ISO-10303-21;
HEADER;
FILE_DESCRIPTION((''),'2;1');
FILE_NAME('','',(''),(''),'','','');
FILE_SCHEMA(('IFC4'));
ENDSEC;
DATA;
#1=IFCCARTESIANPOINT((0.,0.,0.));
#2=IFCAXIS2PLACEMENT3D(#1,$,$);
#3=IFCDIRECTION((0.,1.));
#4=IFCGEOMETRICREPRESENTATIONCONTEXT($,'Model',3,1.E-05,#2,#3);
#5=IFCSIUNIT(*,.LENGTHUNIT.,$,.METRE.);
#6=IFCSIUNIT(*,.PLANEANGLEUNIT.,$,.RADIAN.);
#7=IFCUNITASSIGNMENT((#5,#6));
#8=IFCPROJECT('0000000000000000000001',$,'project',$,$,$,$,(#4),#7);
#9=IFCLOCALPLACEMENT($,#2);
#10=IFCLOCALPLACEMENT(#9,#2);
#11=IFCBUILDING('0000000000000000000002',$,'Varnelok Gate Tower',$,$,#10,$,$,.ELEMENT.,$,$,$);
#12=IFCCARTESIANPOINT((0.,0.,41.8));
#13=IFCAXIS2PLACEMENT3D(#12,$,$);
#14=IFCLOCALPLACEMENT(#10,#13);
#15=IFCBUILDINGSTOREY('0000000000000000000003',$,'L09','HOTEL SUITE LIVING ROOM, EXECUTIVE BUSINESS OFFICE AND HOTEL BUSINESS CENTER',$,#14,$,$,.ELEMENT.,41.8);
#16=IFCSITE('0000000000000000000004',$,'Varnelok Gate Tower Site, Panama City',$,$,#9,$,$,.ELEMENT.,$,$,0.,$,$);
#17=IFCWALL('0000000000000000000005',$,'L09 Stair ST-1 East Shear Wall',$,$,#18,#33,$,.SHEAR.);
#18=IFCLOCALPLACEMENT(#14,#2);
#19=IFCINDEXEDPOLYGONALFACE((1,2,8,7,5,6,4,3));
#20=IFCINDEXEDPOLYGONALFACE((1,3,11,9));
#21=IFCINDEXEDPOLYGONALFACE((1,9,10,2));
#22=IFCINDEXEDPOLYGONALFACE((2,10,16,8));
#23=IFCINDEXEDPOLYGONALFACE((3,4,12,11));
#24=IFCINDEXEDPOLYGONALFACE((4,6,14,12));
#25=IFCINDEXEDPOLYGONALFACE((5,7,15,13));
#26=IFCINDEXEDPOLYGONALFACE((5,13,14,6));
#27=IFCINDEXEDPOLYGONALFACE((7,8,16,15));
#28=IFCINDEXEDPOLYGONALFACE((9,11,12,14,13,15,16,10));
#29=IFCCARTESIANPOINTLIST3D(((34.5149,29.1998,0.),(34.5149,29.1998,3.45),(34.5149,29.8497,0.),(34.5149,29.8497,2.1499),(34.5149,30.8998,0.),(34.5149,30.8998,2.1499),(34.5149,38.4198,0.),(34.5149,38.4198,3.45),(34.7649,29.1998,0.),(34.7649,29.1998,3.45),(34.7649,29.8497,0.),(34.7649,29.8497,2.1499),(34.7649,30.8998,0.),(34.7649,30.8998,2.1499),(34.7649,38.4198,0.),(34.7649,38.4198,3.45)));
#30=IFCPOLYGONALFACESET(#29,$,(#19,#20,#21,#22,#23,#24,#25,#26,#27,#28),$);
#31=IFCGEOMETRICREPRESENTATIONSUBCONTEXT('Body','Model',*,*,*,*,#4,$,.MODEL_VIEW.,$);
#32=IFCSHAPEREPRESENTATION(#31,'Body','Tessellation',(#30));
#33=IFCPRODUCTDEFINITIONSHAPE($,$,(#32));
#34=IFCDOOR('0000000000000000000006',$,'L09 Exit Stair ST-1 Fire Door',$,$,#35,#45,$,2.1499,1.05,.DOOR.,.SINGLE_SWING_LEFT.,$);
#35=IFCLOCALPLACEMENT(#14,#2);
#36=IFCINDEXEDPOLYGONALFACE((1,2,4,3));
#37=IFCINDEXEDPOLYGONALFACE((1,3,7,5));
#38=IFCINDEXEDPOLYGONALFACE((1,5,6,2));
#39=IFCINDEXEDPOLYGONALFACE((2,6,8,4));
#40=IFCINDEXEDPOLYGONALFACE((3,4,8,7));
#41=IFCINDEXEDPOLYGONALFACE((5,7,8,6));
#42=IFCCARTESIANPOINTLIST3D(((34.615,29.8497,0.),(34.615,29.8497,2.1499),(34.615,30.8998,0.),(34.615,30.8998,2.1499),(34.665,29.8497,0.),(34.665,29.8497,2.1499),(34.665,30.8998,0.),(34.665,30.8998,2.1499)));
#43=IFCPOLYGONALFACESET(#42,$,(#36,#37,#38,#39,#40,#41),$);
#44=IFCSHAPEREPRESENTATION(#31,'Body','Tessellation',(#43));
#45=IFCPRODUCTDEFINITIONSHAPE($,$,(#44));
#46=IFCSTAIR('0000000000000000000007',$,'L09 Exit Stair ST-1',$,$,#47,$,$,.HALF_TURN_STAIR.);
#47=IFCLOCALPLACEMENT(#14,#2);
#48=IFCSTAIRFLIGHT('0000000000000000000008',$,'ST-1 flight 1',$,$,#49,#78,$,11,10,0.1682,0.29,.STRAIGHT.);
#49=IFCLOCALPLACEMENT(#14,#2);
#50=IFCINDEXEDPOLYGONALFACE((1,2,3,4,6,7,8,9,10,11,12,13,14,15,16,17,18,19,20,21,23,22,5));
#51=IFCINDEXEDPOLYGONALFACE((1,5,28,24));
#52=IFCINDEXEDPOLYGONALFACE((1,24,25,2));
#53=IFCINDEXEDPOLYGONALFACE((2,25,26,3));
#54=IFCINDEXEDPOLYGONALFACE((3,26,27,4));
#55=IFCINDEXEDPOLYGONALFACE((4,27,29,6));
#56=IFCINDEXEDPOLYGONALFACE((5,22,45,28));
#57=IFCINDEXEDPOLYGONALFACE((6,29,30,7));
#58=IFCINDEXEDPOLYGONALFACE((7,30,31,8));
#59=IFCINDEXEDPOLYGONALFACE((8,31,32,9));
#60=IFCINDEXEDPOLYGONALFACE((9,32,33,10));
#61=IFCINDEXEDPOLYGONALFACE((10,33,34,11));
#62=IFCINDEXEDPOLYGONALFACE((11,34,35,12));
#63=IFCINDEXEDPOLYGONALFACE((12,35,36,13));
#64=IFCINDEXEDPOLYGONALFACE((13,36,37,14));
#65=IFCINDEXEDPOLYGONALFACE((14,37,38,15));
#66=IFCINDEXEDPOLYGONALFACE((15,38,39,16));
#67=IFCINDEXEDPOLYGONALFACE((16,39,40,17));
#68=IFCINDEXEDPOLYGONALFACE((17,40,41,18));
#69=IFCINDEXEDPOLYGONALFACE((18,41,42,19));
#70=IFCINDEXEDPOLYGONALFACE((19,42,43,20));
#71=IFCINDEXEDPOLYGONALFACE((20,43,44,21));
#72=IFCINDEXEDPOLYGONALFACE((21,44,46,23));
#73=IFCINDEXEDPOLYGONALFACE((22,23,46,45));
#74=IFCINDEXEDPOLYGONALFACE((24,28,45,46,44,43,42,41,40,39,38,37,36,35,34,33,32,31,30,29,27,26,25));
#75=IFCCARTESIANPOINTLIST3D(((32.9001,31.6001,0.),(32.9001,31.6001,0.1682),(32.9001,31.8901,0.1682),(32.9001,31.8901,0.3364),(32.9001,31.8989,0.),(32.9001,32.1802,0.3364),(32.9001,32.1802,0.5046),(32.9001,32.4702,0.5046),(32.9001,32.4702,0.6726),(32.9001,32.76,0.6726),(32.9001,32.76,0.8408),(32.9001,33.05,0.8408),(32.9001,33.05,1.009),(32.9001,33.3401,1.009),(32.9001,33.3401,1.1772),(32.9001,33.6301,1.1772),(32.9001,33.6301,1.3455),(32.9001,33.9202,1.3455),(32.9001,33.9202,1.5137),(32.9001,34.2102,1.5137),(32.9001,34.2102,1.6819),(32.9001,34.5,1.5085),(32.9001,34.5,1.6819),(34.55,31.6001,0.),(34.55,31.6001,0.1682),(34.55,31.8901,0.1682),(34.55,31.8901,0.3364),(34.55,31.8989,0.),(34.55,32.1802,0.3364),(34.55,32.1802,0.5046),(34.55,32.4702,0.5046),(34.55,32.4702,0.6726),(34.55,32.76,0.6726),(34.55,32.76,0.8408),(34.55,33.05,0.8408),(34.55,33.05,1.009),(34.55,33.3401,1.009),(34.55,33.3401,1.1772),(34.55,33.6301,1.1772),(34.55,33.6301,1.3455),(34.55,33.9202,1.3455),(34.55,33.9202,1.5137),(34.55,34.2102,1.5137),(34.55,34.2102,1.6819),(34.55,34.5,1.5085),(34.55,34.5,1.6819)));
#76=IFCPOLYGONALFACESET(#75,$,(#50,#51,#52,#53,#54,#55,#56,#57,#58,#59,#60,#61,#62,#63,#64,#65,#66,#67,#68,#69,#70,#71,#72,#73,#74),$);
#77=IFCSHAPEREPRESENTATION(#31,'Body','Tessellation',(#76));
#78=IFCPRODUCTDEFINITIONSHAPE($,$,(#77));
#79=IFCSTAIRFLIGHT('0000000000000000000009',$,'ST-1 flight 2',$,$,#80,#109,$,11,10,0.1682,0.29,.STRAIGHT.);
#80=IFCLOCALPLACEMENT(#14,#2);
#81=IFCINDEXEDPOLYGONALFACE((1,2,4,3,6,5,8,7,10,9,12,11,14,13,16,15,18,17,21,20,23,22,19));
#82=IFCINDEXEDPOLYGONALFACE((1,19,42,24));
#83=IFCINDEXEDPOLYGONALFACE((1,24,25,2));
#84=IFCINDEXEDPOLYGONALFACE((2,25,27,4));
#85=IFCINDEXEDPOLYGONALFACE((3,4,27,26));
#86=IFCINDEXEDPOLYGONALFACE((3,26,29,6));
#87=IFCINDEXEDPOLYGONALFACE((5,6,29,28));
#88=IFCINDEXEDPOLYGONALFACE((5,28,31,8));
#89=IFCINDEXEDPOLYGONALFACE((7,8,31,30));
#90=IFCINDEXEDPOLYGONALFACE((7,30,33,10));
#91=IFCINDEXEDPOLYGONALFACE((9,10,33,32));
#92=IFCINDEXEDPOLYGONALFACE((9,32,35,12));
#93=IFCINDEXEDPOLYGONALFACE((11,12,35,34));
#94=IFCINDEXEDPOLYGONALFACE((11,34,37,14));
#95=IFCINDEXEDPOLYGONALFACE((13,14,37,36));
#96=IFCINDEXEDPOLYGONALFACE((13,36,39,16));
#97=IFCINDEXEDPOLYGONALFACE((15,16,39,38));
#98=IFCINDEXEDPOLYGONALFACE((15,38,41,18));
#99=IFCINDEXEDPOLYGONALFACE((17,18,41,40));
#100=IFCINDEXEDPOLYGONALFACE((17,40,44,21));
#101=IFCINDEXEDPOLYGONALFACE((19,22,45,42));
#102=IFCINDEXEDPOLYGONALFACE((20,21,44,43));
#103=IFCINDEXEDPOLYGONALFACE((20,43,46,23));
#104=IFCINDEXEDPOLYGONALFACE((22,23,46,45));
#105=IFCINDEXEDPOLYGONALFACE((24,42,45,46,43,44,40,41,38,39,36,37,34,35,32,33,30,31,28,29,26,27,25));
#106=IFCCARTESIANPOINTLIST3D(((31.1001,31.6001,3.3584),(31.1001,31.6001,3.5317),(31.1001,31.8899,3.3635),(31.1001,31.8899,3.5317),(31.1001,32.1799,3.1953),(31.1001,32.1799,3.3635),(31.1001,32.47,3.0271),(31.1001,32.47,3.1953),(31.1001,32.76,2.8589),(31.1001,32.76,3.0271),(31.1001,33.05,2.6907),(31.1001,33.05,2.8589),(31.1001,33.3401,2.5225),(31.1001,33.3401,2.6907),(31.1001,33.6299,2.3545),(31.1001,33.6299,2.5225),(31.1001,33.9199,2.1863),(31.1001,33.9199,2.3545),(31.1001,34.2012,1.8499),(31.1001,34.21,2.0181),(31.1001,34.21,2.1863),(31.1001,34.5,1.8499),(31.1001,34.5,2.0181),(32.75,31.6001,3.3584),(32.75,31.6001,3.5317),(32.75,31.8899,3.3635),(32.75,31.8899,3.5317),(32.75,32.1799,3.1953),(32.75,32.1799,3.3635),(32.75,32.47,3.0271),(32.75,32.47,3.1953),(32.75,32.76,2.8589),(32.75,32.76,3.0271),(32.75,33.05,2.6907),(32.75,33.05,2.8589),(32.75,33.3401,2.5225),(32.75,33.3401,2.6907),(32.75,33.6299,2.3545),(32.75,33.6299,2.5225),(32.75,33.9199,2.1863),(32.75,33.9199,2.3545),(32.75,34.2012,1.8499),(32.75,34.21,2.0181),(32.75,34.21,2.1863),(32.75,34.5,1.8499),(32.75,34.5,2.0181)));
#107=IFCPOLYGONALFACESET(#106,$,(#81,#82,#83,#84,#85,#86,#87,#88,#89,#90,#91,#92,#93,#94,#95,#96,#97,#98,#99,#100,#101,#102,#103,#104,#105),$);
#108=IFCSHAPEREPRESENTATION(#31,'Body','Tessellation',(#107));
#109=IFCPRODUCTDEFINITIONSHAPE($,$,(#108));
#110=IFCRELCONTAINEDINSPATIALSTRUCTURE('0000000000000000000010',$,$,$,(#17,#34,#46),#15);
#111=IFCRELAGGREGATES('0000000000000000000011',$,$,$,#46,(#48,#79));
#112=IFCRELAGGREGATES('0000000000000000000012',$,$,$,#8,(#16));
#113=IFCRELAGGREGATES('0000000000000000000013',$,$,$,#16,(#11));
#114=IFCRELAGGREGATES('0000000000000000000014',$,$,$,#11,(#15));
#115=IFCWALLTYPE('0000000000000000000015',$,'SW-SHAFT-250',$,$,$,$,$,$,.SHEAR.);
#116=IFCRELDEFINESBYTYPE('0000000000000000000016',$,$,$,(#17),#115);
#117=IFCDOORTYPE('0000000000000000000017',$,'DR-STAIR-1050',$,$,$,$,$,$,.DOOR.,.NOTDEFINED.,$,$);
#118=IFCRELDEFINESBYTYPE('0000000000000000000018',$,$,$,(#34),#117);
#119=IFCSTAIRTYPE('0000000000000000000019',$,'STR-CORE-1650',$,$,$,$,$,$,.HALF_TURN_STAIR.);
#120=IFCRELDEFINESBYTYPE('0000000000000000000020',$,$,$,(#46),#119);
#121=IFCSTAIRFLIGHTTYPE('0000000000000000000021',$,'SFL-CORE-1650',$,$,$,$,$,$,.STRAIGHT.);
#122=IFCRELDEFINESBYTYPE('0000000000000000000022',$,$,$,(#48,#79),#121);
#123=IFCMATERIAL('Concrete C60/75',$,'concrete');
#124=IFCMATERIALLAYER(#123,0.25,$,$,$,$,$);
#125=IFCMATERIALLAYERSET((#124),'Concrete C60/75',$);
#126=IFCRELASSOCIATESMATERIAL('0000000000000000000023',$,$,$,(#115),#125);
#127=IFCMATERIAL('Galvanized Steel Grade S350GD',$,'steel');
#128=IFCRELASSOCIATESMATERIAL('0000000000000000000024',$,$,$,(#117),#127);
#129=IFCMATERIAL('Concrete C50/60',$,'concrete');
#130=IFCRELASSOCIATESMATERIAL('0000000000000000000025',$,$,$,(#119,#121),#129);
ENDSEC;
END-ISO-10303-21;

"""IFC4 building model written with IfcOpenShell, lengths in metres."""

from ifc_helpers import new_model, si_unit, direction, frame, frame_2d, origin, place, context, subcontext, project, spatial, polyline, rectangle, outline, extrude, material, layer, layer_set, type_object, element, fill, aggregate, save


model = new_model("IFC4")

# Units and contexts
model_context = context("Model", 3, precision=1e-05, world=origin(), true_north=direction((0.0, 1.0)))
body_context = subcontext(model_context, "Body", "Model", "MODEL_VIEW")
ifc_project = project(units=[si_unit("LENGTHUNIT", "METRE"), si_unit("PLANEANGLEUNIT", "RADIAN")], contexts=[model_context])

# Site, building, storey
site_placement = place(None, origin())
site = spatial("IfcSite", under=ifc_project, at=site_placement, Name="Varnelok Gate Tower Site, Panama City", CompositionType="ELEMENT", RefElevation=0.0)
building_placement = place(site_placement, origin())
building = spatial("IfcBuilding", under=site, at=building_placement, Name="Varnelok Gate Tower", CompositionType="ELEMENT")
storey_placement = place(building_placement, frame((0.0, 0.0, 41.8)))
storey = spatial("IfcBuildingStorey", under=building, at=storey_placement, Name="L09", Description="HOTEL SUITE LIVING ROOM, EXECUTIVE BUSINESS OFFICE AND HOTEL BUSINESS CENTER", CompositionType="ELEMENT", Elevation=41.8)

# Shared definitions
ifc_material_1 = material(Name="Concrete C60/75", Category="concrete")

# Shared definitions
ifc_material_2 = material(Name="Galvanized Steel Grade S350GD", Category="steel")

# Wall, opening, door
ifc_layer_1 = layer(ifc_material_1, 0.25)
ifc_layer_set_1 = layer_set([ifc_layer_1], Name="Concrete C60/75")
wall_type_1 = type_object("IfcWallType", Name="SW-SHAFT-250", PredefinedType="SHEAR", material=ifc_layer_set_1)
wall_1_placement = place(storey_placement, frame((34.6399, 29.2, 0.0), z_axis=(0.0, 0.0, 1.0), x_axis=(0.0, 1.0, 0.0)))
wall_1 = element("IfcWall", 1, at=wall_1_placement, inside=storey, type_object=wall_type_1, Name="L09 Stair ST-1 East Shear Wall", PredefinedType="SHEAR", context=body_context, shape_type="SweptSolid", body=[
    extrude(rectangle(XDim=9.22, YDim=0.25, at=frame_2d((4.6099, 0.0))), origin(), (0.0, 0.0, 1.0), 3.45),
])
opening_1_placement = place(wall_1_placement, frame((0.6499, 0.0, 0.0)))
opening_1 = element("IfcOpeningElement", 2, at=opening_1_placement, cuts=wall_1, PredefinedType="OPENING", context=body_context, shape_type="SweptSolid", body=[
    extrude(rectangle(XDim=1.05, YDim=2.1499, at=frame_2d((0.5249, 1.075))), frame((0.0, 0.135, 0.0), z_axis=(0.0, -1.0, 0.0), x_axis=(1.0, 0.0, 0.0)), (0.0, 0.0, 1.0), 0.27),
])
door_type_1 = type_object("IfcDoorType", Name="DR-STAIR-1050", OperationType="NOTDEFINED", PredefinedType="DOOR", material=ifc_material_2)
door_1_placement = place(opening_1_placement, origin())
door_1 = element("IfcDoor", 3, at=door_1_placement, inside=storey, type_object=door_type_1, Name="L09 Exit Stair ST-1 Fire Door", OperationType="SINGLE_SWING_LEFT", OverallHeight=2.1499, OverallWidth=1.05, PredefinedType="DOOR", context=body_context, shape_type="SweptSolid", body=[
    extrude(rectangle(XDim=1.05, YDim=2.1499, at=frame_2d((0.5249, 1.075))), frame((0.0, 0.0249, 0.0), z_axis=(0.0, -1.0, 0.0), x_axis=(1.0, 0.0, 0.0)), (0.0, 0.0, 1.0), 0.05),
])
fill(opening_1, door_1)

# Stair, stair flights
ifc_material_3 = material(Name="Concrete C50/60", Category="concrete")
stair_type = type_object("IfcStairType", Name="STR-CORE-1650", PredefinedType="HALF_TURN_STAIR", material=ifc_material_3)
stair_placement = place(storey_placement, origin())
stair = element("IfcStair", 4, at=stair_placement, inside=storey, type_object=stair_type, Name="L09 Exit Stair ST-1", PredefinedType="HALF_TURN_STAIR")
stair_flight_type = type_object("IfcStairFlightType", Name="SFL-CORE-1650", PredefinedType="STRAIGHT", material=ifc_material_3)
stair_flight_1_placement = place(storey_placement, frame((33.7251, 31.6001, 0.0), z_axis=(0.0, 0.0, 1.0), x_axis=(0.0, 1.0, 0.0)))
stair_flight_1 = element("IfcStairFlight", 5, at=stair_flight_1_placement, type_object=stair_flight_type, Name="ST-1 flight 1", NumberOfRisers=11, NumberOfTreads=10, PredefinedType="STRAIGHT", RiserHeight=0.1682, TreadLength=0.29, context=body_context, shape_type="SweptSolid", body=[
    extrude(outline(polyline([(0.0, 0.0), (0.0, 0.1682), (0.29, 0.1682), (0.29, 0.3364), (0.5801, 0.3364), (0.5801, 0.5046), (0.8701, 0.5046), (0.8701, 0.6726), (1.1599, 0.6726), (1.1599, 0.8408), (1.45, 0.8408), (1.45, 1.009), (1.74, 1.009), (1.74, 1.1772), (2.03, 1.1772), (2.03, 1.3455), (2.3201, 1.3455), (2.3201, 1.5137), (2.6101, 1.5137), (2.6101, 1.6819), (2.8999, 1.6819), (2.8999, 1.8501), (2.8999, 1.5085), (0.2988, 0.0), (0.0, 0.0)])), frame((0.0, 0.825, 0.0), z_axis=(0.0, -1.0, 0.0), x_axis=(1.0, 0.0, 0.0)), (0.0, 0.0, 1.0), 1.6499),
])
stair_flight_2_placement = place(storey_placement, frame((31.925, 34.5, 1.8499), z_axis=(0.0, 0.0, 1.0), x_axis=(0.0, -1.0, 0.0)))
stair_flight_2 = element("IfcStairFlight", 6, at=stair_flight_2_placement, type_object=stair_flight_type, Name="ST-1 flight 2", NumberOfRisers=11, NumberOfTreads=10, PredefinedType="STRAIGHT", RiserHeight=0.1682, TreadLength=0.29, context=body_context, shape_type="SweptSolid", body=[
    extrude(outline(polyline([(0.0, 0.0), (0.0, 0.1682), (0.29, 0.1682), (0.29, 0.3364), (0.5801, 0.3364), (0.5801, 0.5046), (0.8701, 0.5046), (0.8701, 0.6726), (1.1599, 0.6726), (1.1599, 0.8408), (1.45, 0.8408), (1.45, 1.009), (1.74, 1.009), (1.74, 1.1772), (2.03, 1.1772), (2.03, 1.3455), (2.3201, 1.3455), (2.3201, 1.5137), (2.6101, 1.5137), (2.6101, 1.6819), (2.8999, 1.6819), (2.8999, 1.8501), (2.8999, 1.5085), (0.2988, 0.0), (0.0, 0.0)])), frame((0.0, 0.825, 0.0), z_axis=(0.0, -1.0, 0.0), x_axis=(1.0, 0.0, 0.0)), (0.0, 0.0, 1.0), 1.6499),
])
aggregate(stair, [stair_flight_1, stair_flight_2])

save(model, "model.ifc")
